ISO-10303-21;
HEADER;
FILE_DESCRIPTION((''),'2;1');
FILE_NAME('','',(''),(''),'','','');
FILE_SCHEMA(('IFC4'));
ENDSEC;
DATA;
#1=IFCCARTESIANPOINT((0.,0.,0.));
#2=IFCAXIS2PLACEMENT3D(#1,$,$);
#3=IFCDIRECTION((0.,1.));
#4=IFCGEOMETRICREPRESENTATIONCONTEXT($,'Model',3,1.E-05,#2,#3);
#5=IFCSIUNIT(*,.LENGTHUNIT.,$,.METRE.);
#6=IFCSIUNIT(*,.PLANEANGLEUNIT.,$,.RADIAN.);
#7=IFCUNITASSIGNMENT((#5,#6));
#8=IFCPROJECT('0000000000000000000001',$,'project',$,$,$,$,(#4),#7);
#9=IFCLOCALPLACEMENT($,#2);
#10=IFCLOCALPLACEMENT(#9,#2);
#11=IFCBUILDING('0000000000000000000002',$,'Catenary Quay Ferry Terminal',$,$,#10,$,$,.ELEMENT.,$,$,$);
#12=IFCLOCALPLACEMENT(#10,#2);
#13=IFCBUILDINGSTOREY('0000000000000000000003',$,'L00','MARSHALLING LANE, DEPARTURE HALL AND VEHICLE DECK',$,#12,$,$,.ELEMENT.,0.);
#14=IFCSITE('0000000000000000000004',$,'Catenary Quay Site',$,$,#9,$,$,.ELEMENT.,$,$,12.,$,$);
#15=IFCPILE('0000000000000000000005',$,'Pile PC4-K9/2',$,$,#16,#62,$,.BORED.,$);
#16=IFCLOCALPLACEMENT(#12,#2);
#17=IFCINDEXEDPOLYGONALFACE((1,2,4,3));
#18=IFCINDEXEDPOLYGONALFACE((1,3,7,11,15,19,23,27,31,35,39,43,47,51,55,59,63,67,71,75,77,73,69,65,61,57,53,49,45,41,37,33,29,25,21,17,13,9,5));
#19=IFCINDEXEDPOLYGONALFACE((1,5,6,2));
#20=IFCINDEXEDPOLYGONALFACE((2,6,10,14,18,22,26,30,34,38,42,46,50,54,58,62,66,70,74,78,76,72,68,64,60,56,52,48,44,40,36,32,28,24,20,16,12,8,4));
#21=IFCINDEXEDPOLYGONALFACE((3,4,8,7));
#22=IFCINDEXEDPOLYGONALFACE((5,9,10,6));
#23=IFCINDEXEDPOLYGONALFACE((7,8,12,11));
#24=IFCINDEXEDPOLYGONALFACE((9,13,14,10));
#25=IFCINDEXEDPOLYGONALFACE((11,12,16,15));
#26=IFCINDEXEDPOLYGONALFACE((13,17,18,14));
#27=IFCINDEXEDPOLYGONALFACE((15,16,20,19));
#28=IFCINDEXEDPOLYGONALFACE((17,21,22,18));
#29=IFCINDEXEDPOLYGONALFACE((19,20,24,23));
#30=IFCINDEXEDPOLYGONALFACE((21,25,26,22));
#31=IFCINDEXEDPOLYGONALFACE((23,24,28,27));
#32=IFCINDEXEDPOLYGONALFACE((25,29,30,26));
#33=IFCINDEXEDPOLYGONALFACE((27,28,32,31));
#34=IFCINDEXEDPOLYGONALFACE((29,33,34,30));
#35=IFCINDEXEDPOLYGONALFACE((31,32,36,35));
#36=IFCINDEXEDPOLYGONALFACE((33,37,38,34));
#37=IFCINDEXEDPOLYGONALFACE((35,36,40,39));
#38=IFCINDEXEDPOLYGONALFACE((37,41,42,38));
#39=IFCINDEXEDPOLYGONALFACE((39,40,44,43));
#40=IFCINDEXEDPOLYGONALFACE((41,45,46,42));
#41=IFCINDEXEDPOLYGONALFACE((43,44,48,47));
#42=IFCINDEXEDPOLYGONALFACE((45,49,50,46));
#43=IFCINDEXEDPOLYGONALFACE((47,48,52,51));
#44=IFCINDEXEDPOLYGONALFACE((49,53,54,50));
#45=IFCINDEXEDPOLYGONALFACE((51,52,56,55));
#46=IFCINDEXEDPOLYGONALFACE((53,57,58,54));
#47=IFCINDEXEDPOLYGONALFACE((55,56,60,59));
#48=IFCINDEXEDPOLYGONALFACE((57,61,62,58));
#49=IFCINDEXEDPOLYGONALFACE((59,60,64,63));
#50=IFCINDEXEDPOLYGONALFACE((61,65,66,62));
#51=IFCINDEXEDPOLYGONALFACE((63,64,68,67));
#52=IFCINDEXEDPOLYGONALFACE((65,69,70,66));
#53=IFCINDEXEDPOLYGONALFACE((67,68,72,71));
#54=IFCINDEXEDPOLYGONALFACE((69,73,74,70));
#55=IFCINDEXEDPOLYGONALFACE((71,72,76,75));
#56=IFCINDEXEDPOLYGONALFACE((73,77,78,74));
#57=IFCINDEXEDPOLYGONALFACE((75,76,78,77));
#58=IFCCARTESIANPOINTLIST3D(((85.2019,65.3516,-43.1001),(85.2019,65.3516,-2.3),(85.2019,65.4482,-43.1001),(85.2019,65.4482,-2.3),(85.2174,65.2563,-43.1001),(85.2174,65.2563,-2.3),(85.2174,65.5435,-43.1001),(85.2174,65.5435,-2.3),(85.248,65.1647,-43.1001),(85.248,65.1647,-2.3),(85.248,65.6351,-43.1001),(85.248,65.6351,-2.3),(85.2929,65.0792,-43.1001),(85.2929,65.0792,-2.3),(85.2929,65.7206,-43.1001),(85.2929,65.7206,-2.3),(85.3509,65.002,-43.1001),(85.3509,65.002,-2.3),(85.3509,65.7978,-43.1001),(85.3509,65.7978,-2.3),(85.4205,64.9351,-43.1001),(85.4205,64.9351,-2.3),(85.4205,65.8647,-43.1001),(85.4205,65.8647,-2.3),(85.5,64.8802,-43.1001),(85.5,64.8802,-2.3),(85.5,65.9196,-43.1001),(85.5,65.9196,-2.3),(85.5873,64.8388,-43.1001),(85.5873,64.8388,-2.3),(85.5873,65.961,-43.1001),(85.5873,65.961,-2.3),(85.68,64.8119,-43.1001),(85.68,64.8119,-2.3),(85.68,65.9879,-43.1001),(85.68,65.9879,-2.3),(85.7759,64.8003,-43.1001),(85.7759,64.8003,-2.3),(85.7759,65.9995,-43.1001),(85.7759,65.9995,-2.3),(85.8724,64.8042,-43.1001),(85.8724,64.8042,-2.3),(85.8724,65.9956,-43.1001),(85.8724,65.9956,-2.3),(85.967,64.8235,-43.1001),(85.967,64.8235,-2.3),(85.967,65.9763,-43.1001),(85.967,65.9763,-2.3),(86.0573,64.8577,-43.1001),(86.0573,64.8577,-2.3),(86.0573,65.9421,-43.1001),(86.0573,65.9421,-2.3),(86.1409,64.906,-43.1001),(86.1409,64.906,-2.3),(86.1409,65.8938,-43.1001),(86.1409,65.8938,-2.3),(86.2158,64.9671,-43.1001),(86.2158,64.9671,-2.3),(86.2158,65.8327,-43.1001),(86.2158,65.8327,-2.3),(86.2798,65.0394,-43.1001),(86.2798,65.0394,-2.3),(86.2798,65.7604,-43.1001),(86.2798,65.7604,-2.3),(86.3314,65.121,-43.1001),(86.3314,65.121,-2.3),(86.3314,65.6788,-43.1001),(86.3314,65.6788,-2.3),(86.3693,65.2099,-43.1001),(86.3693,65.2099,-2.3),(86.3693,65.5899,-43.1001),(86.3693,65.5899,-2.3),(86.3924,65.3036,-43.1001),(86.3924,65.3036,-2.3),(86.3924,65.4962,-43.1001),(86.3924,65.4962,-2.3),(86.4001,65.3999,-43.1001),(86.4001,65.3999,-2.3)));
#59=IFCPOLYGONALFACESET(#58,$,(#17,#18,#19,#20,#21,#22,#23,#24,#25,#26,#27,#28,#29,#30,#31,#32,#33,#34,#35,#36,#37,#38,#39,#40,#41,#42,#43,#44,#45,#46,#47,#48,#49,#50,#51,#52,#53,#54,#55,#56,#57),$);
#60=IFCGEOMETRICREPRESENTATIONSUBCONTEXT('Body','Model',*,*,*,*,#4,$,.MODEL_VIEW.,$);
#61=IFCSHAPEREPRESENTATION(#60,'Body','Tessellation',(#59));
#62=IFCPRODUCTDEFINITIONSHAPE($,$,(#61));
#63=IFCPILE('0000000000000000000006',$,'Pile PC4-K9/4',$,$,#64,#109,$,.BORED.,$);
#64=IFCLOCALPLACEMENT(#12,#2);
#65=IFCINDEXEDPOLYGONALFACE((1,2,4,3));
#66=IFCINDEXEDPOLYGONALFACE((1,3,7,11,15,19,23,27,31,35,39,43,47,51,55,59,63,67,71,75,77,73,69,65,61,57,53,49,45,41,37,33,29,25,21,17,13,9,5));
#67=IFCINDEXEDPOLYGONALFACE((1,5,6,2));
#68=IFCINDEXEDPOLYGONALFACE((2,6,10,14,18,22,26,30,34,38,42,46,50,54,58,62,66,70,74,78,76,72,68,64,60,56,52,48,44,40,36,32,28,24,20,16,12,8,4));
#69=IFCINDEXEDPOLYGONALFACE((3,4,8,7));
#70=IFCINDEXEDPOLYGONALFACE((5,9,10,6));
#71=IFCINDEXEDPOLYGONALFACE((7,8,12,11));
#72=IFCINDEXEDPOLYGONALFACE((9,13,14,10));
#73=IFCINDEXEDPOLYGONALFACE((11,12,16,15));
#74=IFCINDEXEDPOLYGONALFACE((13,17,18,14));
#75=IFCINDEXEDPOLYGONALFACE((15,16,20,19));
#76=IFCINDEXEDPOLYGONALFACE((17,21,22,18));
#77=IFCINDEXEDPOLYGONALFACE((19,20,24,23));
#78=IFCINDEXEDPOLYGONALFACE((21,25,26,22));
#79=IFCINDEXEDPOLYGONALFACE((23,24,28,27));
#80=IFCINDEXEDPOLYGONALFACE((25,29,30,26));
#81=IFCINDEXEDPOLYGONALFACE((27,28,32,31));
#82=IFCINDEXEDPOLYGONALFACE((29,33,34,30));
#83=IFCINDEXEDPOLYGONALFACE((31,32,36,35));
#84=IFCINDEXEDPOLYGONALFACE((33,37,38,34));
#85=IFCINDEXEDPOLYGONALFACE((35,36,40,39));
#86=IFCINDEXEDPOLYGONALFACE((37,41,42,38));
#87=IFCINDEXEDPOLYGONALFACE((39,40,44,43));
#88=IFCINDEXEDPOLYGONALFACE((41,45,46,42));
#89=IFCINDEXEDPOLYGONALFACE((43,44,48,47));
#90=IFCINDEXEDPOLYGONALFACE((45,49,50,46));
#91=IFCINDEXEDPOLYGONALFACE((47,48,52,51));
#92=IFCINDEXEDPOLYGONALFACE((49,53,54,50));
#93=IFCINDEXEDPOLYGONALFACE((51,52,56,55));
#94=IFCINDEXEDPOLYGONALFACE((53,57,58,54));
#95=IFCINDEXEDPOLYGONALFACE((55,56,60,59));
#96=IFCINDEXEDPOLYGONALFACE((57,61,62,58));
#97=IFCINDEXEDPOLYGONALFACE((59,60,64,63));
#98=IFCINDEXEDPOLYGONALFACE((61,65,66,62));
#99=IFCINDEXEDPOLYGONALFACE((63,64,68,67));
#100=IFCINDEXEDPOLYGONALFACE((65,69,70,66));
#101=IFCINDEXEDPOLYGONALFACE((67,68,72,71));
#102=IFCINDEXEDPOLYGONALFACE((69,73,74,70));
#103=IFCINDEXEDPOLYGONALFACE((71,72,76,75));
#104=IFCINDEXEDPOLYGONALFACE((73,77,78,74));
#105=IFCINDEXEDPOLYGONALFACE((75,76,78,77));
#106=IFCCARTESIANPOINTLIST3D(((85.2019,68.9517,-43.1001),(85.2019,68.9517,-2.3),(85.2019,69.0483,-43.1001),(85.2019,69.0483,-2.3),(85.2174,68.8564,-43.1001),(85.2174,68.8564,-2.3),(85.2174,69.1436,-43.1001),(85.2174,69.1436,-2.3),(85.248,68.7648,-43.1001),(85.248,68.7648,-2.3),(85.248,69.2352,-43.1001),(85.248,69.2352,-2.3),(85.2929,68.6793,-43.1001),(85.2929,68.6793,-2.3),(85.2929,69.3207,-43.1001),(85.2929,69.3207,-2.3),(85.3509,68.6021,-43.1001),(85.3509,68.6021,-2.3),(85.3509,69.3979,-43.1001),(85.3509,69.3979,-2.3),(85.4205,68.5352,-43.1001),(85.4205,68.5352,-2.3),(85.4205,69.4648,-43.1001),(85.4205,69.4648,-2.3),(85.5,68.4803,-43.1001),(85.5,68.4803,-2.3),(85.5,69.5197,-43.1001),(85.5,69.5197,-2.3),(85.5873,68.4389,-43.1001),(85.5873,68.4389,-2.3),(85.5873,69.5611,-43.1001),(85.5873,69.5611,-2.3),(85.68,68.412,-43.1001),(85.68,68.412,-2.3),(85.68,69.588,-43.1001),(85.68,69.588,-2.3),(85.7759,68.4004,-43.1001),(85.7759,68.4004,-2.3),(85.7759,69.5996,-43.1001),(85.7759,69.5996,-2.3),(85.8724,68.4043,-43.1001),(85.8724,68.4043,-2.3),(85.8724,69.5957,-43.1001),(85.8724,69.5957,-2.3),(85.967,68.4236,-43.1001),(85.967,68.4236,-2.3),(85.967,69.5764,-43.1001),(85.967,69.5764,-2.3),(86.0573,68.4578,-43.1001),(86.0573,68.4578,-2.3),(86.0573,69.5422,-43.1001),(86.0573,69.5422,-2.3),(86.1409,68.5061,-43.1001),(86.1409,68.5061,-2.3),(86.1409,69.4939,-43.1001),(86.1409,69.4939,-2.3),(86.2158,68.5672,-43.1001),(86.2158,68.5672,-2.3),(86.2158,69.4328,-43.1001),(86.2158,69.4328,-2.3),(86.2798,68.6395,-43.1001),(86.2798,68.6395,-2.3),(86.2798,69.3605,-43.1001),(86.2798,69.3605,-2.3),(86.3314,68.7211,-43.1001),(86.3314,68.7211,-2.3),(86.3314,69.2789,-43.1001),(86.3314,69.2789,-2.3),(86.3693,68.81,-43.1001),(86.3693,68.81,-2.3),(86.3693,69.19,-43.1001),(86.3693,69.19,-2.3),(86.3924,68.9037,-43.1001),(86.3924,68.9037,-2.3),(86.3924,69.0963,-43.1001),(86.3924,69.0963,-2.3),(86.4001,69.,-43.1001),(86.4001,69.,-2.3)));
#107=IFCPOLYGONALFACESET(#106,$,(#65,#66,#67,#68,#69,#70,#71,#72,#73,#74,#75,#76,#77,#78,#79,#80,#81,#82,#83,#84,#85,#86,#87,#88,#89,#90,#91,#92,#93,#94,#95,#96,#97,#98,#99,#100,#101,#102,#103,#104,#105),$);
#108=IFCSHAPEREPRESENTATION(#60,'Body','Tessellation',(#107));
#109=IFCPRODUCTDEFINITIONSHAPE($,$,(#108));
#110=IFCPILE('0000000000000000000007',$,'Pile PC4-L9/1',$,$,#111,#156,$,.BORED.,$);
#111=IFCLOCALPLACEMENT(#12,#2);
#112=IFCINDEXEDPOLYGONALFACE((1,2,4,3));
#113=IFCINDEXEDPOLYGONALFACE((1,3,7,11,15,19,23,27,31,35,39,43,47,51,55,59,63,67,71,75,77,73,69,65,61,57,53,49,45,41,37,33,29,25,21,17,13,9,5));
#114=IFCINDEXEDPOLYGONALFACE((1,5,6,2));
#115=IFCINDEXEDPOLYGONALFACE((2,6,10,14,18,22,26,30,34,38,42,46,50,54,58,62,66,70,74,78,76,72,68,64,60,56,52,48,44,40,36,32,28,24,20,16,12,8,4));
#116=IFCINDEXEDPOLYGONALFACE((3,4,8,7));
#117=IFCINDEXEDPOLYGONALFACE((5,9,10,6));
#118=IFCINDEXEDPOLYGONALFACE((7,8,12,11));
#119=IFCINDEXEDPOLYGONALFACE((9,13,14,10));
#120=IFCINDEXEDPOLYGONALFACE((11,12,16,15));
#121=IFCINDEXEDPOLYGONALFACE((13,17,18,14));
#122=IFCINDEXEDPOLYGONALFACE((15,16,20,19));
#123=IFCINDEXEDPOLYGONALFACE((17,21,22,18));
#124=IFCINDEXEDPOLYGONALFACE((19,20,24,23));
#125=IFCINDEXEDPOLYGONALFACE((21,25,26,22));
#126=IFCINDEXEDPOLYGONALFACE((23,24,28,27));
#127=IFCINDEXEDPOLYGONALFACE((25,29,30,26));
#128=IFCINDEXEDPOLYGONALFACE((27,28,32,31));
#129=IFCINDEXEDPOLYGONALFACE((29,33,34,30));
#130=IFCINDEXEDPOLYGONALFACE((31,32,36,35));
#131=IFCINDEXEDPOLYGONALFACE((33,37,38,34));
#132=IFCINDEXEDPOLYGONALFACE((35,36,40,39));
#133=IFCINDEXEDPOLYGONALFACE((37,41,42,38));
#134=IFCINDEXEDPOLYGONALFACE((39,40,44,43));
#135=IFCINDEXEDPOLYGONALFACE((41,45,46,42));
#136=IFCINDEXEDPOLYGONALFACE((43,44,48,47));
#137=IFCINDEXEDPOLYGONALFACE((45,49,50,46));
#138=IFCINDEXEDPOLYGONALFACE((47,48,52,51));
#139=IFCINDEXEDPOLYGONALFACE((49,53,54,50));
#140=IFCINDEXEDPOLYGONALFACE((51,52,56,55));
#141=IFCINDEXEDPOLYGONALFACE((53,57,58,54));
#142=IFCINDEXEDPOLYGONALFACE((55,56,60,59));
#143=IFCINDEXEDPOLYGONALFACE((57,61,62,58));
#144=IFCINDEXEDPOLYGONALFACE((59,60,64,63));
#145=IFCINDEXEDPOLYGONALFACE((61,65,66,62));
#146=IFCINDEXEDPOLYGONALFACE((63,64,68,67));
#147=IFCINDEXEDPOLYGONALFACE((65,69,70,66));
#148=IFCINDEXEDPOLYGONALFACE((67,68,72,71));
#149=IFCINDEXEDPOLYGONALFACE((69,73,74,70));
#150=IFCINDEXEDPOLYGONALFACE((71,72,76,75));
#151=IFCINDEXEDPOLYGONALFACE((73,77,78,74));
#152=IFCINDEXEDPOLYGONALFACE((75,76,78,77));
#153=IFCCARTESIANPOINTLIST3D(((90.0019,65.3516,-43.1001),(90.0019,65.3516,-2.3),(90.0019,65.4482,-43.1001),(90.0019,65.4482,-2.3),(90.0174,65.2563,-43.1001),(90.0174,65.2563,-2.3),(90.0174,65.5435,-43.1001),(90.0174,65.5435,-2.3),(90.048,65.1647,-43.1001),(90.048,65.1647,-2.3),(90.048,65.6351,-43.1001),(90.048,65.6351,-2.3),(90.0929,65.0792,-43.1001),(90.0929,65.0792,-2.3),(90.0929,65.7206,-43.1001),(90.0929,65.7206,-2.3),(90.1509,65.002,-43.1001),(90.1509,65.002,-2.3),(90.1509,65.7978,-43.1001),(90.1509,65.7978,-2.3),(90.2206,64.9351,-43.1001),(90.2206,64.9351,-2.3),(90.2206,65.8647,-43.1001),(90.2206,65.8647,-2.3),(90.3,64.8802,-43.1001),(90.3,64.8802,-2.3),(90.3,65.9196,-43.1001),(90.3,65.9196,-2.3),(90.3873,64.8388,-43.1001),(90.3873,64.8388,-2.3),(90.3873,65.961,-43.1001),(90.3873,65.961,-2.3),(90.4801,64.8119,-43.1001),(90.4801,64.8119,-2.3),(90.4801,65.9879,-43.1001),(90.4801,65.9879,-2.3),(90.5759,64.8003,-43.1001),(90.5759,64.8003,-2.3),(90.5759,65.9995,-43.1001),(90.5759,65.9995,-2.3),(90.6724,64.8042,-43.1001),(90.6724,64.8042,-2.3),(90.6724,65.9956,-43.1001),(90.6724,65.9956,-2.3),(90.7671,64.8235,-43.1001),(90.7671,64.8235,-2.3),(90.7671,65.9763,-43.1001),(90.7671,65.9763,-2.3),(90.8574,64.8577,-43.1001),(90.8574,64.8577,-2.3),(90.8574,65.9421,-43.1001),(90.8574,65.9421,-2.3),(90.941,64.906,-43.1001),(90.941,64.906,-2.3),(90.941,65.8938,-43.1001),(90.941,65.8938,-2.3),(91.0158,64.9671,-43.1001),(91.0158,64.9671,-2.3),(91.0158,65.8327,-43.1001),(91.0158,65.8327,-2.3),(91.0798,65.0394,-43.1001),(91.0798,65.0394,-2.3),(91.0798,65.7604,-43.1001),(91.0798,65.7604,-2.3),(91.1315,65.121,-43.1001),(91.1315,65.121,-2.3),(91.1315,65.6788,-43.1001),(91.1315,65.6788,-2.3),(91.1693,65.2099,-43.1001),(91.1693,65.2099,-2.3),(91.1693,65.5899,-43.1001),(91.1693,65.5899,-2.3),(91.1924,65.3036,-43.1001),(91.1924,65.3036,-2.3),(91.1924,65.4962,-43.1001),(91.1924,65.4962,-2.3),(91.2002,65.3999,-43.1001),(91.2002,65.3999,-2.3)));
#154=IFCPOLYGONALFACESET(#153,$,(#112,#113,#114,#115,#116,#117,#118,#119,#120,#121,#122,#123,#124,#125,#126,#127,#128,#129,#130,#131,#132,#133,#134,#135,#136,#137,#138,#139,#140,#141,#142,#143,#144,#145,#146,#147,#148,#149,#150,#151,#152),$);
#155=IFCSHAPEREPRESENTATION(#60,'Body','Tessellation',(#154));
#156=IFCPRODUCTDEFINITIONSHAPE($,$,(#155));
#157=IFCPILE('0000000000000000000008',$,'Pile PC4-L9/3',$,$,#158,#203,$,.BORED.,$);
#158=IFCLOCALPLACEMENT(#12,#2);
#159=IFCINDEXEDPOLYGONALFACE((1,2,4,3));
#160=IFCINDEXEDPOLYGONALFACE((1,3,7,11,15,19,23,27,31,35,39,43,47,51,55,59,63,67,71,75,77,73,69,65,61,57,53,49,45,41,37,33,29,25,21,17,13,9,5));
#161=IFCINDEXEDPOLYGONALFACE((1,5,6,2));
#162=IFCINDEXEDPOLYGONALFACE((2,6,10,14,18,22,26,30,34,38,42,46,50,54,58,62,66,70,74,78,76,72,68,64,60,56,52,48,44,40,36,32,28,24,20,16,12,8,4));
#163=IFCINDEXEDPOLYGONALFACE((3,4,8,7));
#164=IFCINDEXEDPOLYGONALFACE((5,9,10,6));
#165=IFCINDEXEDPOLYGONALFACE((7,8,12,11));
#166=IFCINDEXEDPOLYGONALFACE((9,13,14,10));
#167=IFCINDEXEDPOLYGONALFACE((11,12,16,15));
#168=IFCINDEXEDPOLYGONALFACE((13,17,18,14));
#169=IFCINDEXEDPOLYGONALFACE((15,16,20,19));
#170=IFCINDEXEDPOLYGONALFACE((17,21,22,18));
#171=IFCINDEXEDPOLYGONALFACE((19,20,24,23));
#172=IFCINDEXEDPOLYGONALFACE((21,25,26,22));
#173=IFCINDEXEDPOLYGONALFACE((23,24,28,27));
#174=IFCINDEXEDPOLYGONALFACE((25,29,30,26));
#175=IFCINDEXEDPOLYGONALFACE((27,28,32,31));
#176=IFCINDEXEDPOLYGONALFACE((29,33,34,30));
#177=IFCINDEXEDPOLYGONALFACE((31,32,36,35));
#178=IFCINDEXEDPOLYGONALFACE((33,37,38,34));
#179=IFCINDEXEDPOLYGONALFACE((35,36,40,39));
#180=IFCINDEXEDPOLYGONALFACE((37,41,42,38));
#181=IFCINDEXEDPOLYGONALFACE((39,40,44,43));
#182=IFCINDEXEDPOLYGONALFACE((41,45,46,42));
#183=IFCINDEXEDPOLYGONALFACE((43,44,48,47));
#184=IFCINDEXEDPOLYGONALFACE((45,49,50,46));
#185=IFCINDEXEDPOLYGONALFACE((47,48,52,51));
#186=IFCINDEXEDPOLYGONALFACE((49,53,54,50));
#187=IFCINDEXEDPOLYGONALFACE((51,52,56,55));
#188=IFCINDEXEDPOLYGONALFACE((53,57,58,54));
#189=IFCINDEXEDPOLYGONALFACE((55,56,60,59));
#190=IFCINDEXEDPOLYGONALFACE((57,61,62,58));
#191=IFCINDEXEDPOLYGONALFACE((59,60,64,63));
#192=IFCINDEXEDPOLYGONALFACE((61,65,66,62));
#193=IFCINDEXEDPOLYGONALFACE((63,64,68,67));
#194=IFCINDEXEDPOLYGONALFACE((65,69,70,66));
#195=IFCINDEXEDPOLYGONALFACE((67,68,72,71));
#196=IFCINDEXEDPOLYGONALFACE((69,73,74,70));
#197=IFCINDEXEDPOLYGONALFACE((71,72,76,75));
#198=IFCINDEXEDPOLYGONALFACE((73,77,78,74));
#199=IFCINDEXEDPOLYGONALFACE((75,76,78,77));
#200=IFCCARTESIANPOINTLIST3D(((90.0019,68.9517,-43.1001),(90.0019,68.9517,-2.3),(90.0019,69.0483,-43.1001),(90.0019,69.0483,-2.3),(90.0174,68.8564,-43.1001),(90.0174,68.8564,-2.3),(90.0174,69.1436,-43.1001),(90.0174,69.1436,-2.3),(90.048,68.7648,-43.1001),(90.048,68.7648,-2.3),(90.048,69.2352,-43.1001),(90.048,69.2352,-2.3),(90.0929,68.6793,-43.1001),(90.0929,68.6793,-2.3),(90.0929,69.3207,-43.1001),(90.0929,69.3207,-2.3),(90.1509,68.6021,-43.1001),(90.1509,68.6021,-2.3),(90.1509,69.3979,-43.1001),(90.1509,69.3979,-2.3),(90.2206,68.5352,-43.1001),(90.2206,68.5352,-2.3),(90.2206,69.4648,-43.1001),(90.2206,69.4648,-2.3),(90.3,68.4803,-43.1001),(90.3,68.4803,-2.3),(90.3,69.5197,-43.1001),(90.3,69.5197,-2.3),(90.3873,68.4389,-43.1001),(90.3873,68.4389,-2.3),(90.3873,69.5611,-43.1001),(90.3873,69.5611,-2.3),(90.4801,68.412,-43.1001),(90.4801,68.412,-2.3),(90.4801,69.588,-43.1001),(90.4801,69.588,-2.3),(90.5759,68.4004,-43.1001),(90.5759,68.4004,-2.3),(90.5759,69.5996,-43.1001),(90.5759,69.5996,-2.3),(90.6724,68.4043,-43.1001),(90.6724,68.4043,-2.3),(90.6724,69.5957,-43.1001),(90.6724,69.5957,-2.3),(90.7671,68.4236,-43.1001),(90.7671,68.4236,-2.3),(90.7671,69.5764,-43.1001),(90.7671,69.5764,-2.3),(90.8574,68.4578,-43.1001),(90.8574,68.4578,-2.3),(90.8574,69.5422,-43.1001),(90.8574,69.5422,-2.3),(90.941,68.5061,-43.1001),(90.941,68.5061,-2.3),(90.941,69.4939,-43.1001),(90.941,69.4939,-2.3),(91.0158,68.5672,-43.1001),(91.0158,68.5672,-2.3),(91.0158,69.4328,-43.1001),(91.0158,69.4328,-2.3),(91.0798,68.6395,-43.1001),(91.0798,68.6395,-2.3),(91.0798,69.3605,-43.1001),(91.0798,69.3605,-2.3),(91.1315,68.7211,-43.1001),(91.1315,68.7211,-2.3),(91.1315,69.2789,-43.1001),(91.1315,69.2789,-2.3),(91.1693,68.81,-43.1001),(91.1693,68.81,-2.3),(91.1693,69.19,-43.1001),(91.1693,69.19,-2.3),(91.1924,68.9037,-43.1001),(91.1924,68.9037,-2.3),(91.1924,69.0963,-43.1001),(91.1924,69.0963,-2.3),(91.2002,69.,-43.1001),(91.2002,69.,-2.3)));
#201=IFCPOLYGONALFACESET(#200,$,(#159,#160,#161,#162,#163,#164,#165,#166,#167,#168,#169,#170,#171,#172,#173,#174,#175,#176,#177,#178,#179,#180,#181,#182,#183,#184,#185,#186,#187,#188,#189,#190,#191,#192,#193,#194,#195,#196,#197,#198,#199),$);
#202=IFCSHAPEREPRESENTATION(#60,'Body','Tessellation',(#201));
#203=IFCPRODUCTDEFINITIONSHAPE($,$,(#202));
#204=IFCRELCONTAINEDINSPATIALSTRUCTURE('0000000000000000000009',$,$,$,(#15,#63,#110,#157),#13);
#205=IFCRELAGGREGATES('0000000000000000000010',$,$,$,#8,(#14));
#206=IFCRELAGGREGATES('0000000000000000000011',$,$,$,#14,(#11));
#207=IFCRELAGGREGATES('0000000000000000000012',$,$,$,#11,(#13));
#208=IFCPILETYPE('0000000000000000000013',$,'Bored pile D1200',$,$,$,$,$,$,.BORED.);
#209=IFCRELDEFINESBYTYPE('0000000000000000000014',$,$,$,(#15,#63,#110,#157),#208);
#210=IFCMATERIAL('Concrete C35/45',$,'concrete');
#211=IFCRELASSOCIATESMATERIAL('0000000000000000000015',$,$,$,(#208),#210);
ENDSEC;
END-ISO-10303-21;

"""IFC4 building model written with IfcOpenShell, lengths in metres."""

from ifc_helpers import new_model, si_unit, direction, frame, origin, origin_2d, place, context, subcontext, project, spatial, circle, extrude, material, material_profile, profile_set, type_object, element, save


model = new_model("IFC4")

# Units and contexts
model_context = context("Model", 3, precision=1e-05, world=origin(), true_north=direction((0.0, 1.0)))
body_context = subcontext(model_context, "Body", "Model", "MODEL_VIEW")
ifc_project = project(units=[si_unit("LENGTHUNIT", "METRE"), si_unit("PLANEANGLEUNIT", "RADIAN")], contexts=[model_context])

# Site, building, storey
site_placement = place(None, origin())
site = spatial("IfcSite", under=ifc_project, at=site_placement, Name="Catenary Quay Site", CompositionType="ELEMENT", RefElevation=12.0)
building_placement = place(site_placement, origin())
building = spatial("IfcBuilding", under=site, at=building_placement, Name="Catenary Quay Ferry Terminal", CompositionType="ELEMENT")
storey_placement = place(building_placement, origin())
storey = spatial("IfcBuildingStorey", under=building, at=storey_placement, Name="L00", Description="MARSHALLING LANE, DEPARTURE HALL AND VEHICLE DECK", CompositionType="ELEMENT", Elevation=0.0)

# Piles
ifc_material_1 = material(Name="Concrete C35/45", Category="concrete")
ifc_material_profile_1 = material_profile(ifc_material_1, circle(Radius=0.6001, at=origin_2d()), Name="D1200")
ifc_profile_set_1 = profile_set([ifc_material_profile_1], Name="Concrete C35/45")
pile_type = type_object("IfcPileType", Name="Bored pile D1200", PredefinedType="BORED", material=ifc_profile_set_1)
for number, where, z_axis, x_axis, name in (
    (1, (85.8, 65.3999, -2.3), (0.0, 0.0, -1.0), (1.0, 0.0, 0.0), "Pile PC4-K9/2"),
    (2, (85.8, 69.0, -2.3), (0.0, 0.0, -1.0), (1.0, 0.0, 0.0), "Pile PC4-K9/4"),
    (3, (90.6001, 65.3999, -2.3), (0.0, 0.0, -1.0), (1.0, 0.0, 0.0), "Pile PC4-L9/1"),
    (4, (90.6001, 69.0, -2.3), (0.0, 0.0, -1.0), (1.0, 0.0, 0.0), "Pile PC4-L9/3"),
):
    element("IfcPile", number, at=place(storey_placement, frame(where, z_axis=z_axis, x_axis=x_axis)), inside=storey, type_object=pile_type, Name=name, PredefinedType="BORED", context=body_context, shape_type="SweptSolid", body=[
        extrude(circle(Radius=0.6001, at=origin_2d()), origin(), (0.0, 0.0, 1.0), 40.8),
    ])

save(model, "model.ifc")
